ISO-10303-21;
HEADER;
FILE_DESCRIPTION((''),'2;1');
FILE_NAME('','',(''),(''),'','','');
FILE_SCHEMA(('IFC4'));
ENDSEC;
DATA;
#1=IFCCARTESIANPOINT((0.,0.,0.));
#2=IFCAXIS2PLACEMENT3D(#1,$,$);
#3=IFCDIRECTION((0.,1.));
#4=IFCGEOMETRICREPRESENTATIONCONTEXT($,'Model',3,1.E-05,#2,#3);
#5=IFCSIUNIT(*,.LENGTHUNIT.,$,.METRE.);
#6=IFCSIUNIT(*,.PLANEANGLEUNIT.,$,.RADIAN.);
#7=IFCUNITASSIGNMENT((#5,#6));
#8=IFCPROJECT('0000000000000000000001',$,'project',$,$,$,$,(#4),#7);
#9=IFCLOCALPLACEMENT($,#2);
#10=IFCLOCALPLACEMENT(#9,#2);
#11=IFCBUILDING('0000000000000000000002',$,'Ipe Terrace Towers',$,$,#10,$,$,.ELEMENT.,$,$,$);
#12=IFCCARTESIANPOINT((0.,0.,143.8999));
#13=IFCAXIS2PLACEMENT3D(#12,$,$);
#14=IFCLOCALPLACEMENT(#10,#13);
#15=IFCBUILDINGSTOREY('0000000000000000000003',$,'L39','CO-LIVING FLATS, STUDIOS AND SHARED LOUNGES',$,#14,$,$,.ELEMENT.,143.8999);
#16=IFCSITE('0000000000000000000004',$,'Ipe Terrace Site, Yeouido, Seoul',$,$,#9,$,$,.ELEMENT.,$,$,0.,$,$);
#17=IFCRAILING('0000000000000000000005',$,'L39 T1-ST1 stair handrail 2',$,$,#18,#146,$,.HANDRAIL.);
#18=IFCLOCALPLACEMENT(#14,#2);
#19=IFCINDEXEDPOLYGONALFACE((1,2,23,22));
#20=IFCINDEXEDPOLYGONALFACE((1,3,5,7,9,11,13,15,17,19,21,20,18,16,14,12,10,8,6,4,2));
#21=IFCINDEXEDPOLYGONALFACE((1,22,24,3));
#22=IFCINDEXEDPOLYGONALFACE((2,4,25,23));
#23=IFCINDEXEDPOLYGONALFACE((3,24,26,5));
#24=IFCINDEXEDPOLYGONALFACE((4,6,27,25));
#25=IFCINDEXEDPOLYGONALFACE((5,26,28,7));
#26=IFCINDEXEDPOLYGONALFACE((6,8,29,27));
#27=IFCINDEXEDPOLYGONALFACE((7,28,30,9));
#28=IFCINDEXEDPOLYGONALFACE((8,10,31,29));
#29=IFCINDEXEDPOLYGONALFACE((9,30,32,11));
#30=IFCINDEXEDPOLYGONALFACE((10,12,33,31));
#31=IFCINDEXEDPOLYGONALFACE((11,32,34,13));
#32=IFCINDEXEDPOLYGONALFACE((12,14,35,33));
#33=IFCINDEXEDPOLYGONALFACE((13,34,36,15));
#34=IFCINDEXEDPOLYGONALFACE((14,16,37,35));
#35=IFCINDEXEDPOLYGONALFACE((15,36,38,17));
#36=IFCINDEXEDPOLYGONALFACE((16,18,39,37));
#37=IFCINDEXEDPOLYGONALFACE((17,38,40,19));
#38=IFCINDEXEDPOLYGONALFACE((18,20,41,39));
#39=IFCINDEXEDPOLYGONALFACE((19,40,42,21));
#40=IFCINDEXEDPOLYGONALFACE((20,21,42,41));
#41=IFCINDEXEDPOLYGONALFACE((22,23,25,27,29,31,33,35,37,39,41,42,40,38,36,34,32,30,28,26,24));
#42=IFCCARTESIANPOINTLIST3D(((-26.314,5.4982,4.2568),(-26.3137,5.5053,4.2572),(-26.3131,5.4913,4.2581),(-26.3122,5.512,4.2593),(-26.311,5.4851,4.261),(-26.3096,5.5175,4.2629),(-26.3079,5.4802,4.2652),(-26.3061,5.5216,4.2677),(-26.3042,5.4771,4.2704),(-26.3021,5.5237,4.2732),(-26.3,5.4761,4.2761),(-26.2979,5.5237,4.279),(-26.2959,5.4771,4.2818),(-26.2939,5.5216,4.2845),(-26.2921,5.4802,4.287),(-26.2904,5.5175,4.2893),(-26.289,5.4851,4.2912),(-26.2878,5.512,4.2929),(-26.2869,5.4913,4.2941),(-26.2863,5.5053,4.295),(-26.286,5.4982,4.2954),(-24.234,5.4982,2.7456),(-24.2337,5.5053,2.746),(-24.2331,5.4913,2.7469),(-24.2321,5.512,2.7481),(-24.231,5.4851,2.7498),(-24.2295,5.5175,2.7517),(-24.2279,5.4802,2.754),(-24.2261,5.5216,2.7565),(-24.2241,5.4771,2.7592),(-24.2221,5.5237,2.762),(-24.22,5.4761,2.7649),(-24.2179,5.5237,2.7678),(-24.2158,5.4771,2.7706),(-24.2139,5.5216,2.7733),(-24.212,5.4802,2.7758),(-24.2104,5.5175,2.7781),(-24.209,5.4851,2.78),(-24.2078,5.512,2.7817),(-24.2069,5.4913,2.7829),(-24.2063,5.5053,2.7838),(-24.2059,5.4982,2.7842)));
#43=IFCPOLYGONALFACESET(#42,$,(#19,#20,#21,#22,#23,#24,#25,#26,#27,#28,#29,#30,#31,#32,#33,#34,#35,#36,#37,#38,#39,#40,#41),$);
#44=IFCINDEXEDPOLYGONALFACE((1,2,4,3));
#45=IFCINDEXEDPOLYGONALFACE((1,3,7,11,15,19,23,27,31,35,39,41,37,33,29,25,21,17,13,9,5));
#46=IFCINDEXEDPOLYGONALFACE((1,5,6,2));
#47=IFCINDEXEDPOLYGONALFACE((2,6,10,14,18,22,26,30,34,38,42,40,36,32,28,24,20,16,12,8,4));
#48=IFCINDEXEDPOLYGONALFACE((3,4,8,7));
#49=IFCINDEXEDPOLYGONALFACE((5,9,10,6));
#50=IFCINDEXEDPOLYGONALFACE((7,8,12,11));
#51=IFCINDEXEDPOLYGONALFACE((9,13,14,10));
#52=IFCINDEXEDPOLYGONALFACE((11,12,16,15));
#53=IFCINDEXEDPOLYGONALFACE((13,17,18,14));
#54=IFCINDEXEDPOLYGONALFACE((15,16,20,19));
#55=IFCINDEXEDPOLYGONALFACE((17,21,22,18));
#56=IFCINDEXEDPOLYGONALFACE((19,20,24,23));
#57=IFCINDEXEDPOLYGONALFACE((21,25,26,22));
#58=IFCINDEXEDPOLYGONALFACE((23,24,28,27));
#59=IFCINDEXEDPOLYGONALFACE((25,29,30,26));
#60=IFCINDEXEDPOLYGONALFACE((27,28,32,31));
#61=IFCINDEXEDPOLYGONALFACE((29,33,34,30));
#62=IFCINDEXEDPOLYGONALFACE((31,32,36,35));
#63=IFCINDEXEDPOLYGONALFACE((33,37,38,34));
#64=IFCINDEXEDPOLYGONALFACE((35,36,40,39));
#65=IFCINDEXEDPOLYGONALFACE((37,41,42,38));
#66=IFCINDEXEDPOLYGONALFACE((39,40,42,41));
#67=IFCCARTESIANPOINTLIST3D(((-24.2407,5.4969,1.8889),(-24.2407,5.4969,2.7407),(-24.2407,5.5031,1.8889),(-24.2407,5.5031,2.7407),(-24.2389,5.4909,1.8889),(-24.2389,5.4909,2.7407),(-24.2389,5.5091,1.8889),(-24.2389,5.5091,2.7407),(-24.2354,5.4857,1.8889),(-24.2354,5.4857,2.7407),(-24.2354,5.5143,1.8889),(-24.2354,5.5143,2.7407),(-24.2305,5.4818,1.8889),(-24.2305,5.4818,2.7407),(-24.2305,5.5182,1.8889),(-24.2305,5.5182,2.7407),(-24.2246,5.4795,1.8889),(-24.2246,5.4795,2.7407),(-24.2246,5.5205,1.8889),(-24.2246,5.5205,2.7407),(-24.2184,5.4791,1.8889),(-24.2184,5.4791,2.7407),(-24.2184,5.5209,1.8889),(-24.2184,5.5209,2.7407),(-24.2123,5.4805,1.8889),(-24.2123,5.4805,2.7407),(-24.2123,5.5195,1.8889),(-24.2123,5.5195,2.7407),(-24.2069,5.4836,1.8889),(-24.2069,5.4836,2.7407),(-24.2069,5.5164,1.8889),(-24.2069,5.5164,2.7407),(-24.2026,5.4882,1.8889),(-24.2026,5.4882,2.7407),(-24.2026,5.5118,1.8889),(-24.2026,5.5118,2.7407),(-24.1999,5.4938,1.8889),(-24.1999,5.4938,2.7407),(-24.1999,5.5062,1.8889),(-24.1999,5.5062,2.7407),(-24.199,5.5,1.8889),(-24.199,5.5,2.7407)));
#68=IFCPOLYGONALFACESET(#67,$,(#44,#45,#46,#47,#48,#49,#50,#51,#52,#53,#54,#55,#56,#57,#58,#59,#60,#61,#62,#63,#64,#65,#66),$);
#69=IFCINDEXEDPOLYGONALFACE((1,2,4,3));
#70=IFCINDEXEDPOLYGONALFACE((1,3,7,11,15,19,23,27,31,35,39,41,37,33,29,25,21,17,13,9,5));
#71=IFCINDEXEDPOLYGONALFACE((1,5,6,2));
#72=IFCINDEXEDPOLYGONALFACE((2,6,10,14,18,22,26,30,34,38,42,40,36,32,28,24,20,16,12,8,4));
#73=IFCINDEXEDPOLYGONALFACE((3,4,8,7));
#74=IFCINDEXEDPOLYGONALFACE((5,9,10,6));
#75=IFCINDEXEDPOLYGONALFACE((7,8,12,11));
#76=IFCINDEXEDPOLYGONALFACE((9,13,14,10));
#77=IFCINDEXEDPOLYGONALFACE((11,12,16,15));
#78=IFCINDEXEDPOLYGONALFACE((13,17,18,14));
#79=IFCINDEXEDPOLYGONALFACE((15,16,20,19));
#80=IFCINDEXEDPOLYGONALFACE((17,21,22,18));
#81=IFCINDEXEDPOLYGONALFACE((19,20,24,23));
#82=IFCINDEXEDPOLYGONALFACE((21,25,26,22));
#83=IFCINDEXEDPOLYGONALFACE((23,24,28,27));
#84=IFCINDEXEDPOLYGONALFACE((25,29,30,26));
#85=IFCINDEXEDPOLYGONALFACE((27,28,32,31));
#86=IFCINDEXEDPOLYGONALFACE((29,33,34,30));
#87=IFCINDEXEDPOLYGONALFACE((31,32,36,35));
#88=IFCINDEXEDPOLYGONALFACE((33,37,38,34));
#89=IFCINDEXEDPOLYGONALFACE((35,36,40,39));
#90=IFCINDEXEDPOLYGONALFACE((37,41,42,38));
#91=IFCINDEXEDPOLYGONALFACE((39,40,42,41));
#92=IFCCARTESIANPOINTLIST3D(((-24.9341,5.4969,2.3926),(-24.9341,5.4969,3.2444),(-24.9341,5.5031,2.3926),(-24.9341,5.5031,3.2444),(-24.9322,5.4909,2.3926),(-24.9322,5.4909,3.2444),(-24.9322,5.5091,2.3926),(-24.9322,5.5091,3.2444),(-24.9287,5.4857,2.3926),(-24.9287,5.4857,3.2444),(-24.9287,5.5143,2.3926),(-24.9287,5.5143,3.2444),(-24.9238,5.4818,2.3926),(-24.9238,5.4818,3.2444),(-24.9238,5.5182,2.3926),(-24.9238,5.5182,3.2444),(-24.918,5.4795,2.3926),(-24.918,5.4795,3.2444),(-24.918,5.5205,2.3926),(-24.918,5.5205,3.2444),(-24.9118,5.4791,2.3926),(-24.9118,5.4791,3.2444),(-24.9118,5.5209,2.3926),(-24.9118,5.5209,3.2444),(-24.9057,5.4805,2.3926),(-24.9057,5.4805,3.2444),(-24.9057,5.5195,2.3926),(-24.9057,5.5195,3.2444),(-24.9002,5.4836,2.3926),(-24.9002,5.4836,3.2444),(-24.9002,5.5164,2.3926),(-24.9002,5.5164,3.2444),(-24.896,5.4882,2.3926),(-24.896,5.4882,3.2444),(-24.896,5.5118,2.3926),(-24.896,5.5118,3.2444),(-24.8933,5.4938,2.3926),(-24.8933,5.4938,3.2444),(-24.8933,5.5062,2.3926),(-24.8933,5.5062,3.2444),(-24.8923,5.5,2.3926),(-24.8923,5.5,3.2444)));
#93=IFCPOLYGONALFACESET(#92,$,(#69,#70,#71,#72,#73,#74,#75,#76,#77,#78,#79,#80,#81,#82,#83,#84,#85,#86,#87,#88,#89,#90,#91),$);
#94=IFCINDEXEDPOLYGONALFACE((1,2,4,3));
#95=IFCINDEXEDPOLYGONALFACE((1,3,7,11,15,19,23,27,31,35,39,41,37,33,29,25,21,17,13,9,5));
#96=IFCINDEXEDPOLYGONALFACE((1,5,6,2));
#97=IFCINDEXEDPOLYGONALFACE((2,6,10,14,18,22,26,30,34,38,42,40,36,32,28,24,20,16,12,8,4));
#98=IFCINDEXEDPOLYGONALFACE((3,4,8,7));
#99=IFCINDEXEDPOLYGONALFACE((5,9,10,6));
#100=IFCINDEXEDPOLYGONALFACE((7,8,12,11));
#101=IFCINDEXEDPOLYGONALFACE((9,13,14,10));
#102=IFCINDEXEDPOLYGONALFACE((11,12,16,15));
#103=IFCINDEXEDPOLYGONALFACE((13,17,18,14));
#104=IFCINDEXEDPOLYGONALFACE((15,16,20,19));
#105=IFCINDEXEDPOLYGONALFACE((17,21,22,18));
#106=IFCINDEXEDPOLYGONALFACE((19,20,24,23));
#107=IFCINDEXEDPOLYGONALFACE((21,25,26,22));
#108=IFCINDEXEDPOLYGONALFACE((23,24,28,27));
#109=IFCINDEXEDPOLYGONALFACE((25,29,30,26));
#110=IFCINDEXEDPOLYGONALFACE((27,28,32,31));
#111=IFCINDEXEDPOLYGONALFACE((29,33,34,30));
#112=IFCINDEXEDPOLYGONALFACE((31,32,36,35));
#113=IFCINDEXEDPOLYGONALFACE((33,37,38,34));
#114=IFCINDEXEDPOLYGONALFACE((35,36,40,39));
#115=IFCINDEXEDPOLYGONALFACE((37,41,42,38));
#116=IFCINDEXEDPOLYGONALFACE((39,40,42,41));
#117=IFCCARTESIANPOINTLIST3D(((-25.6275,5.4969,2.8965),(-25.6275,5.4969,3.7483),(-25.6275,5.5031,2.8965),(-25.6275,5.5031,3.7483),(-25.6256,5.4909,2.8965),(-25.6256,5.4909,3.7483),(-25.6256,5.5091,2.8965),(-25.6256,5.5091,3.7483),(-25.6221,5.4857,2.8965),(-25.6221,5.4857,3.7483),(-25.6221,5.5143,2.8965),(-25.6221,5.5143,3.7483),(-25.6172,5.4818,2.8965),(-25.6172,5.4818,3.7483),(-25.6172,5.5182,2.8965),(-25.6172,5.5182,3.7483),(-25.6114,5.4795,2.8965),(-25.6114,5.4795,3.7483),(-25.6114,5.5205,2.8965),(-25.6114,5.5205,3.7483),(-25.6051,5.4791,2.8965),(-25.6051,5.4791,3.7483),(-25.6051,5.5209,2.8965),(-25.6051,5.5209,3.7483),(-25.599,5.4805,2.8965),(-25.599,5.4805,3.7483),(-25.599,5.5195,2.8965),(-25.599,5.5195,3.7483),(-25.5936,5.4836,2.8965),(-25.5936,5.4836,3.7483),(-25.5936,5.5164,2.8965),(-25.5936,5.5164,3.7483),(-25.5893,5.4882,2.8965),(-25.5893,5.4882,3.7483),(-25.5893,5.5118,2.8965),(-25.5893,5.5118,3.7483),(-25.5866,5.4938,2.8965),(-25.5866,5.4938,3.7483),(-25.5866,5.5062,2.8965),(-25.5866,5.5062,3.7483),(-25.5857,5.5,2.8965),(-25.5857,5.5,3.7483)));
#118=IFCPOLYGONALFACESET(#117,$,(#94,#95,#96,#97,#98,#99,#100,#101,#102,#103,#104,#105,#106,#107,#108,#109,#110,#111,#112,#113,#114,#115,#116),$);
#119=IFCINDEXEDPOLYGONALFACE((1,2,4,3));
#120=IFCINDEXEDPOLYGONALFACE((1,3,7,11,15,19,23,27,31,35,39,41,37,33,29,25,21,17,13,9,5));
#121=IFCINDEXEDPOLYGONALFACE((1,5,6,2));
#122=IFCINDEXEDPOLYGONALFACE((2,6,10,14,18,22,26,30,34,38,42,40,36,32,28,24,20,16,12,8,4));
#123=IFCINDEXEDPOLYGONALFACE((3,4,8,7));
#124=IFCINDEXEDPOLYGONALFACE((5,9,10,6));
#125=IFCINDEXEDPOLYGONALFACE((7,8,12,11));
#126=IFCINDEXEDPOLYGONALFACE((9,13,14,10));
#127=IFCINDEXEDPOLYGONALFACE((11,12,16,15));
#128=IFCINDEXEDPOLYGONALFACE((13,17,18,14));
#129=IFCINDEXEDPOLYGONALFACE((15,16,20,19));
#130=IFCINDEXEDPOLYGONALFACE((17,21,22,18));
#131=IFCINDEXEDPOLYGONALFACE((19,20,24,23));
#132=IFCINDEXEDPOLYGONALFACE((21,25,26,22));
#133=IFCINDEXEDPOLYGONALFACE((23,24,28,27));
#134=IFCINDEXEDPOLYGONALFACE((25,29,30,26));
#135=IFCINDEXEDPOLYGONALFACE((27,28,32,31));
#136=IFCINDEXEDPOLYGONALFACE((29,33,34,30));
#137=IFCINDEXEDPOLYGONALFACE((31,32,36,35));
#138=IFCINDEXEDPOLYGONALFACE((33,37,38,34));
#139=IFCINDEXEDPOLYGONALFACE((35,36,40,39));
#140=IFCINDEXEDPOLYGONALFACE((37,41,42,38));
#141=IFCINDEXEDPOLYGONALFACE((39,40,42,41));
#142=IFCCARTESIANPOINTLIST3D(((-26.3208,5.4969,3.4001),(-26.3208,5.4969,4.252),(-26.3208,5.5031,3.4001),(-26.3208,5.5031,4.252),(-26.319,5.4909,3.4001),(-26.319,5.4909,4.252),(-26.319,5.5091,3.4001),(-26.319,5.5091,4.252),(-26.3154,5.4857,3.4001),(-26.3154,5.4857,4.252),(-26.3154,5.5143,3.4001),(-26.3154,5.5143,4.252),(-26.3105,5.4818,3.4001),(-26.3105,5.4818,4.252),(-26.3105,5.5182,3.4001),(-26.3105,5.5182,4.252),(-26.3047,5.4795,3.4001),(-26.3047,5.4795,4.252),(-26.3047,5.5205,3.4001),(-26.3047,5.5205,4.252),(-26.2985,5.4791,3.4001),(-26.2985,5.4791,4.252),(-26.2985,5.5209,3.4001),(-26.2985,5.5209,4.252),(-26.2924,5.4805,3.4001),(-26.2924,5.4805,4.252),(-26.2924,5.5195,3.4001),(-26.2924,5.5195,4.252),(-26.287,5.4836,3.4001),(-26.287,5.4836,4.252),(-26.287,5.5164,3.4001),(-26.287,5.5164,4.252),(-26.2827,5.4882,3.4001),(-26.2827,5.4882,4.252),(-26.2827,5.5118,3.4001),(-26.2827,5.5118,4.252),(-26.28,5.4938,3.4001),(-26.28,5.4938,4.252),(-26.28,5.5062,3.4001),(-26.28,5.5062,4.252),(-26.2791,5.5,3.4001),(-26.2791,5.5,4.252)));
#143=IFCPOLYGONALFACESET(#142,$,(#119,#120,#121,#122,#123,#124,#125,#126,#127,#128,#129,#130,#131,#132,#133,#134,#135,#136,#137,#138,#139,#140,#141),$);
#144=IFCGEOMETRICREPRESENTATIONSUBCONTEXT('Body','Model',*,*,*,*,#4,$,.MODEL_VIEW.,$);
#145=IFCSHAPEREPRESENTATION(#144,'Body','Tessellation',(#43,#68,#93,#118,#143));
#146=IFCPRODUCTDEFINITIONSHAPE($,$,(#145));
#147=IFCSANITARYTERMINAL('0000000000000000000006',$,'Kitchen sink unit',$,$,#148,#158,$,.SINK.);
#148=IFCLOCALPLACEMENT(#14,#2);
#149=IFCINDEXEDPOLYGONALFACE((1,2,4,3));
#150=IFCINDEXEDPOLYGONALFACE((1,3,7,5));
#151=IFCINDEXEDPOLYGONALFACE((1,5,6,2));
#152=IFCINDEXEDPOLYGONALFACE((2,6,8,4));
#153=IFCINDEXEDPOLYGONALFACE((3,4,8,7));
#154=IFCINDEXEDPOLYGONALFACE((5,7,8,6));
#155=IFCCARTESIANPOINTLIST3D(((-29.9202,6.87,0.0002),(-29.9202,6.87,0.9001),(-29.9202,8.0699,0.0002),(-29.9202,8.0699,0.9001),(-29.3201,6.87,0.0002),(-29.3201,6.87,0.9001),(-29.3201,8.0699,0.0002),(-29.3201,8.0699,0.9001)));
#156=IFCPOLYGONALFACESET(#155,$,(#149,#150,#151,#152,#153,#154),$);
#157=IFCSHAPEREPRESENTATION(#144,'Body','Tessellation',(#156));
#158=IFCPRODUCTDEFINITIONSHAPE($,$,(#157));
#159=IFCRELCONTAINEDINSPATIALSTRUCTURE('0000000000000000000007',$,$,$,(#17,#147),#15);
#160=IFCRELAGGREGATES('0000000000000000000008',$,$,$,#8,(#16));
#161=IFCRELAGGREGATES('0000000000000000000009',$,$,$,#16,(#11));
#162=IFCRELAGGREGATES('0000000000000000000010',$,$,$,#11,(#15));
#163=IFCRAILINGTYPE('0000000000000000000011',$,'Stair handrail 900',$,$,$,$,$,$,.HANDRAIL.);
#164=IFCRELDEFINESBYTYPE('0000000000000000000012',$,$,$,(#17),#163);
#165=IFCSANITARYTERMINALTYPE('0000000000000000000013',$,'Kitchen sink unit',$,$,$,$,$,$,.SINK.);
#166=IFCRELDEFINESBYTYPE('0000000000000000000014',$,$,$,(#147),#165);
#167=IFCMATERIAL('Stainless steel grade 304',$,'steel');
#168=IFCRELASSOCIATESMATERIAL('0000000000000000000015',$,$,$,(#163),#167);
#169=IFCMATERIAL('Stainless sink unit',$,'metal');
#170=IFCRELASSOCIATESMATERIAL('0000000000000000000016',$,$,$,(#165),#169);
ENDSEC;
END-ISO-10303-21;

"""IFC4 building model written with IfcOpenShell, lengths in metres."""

from ifc_helpers import new_model, si_unit, direction, frame, origin, origin_2d, place, context, subcontext, project, spatial, rectangle, circle, extrude, material, type_object, element, save


model = new_model("IFC4")

# Units and contexts
model_context = context("Model", 3, precision=1e-05, world=origin(), true_north=direction((0.0, 1.0)))
body_context = subcontext(model_context, "Body", "Model", "MODEL_VIEW")
ifc_project = project(units=[si_unit("LENGTHUNIT", "METRE"), si_unit("PLANEANGLEUNIT", "RADIAN")], contexts=[model_context])

# Site, building, storey
site_placement = place(None, origin())
site = spatial("IfcSite", under=ifc_project, at=site_placement, Name="Ipe Terrace Site, Yeouido, Seoul", CompositionType="ELEMENT", RefElevation=0.0)
building_placement = place(site_placement, origin())
building = spatial("IfcBuilding", under=site, at=building_placement, Name="Ipe Terrace Towers", CompositionType="ELEMENT")
storey_placement = place(building_placement, frame((0.0, 0.0, 143.8999)))
storey = spatial("IfcBuildingStorey", under=building, at=storey_placement, Name="L39", Description="CO-LIVING FLATS, STUDIOS AND SHARED LOUNGES", CompositionType="ELEMENT", Elevation=143.8999)

# Railing
ifc_material_1 = material(Name="Stainless steel grade 304", Category="steel")
railing_type_1 = type_object("IfcRailingType", Name="Stair handrail 900", PredefinedType="HANDRAIL", material=ifc_material_1)
railing_1_placement = place(storey_placement, frame((-24.22, 5.5, 1.8889)))
element("IfcRailing", 1, at=railing_1_placement, inside=storey, type_object=railing_type_1, Name="L39 T1-ST1 stair handrail 2", PredefinedType="HANDRAIL", context=body_context, shape_type="SweptSolid", body=[
    extrude(circle(Radius=0.0239, at=origin_2d()), frame((0.0, 0.0, 0.876), z_axis=(-0.809023, 0.0, 0.587776), x_axis=(0.0, -1.0, 0.0)), (0.0, 0.0, 1.0), 2.571),
    extrude(circle(Radius=0.021, at=origin_2d()), origin(), (0.0, 0.0, 1.0), 0.8518),
    extrude(circle(Radius=0.021, at=origin_2d()), frame((-0.6934, 0.0, 0.5037)), (0.0, 0.0, 1.0), 0.8518),
    extrude(circle(Radius=0.021, at=origin_2d()), frame((-1.3867, 0.0, 1.0076)), (0.0, 0.0, 1.0), 0.8518),
    extrude(circle(Radius=0.021, at=origin_2d()), frame((-2.0801, 0.0, 1.5112)), (0.0, 0.0, 1.0), 0.8518),
])

# Sanitary terminal
ifc_material_2 = material(Name="Stainless sink unit", Category="metal")
sanitary_terminal_type = type_object("IfcSanitaryTerminalType", Name="Kitchen sink unit", PredefinedType="SINK", material=ifc_material_2)
sanitary_terminal_placement = place(storey_placement, frame((-29.6201, 7.47, 0.0002), z_axis=(0.0, 0.0, 1.0), x_axis=(0.0, -1.0, 0.0)))
element("IfcSanitaryTerminal", 2, at=sanitary_terminal_placement, inside=storey, type_object=sanitary_terminal_type, Name="Kitchen sink unit", PredefinedType="SINK", context=body_context, shape_type="SweptSolid", body=[
    extrude(rectangle(XDim=1.2, YDim=0.6001, at=origin_2d()), origin(), (0.0, 0.0, 1.0), 0.8999),
])

save(model, "model.ifc")
